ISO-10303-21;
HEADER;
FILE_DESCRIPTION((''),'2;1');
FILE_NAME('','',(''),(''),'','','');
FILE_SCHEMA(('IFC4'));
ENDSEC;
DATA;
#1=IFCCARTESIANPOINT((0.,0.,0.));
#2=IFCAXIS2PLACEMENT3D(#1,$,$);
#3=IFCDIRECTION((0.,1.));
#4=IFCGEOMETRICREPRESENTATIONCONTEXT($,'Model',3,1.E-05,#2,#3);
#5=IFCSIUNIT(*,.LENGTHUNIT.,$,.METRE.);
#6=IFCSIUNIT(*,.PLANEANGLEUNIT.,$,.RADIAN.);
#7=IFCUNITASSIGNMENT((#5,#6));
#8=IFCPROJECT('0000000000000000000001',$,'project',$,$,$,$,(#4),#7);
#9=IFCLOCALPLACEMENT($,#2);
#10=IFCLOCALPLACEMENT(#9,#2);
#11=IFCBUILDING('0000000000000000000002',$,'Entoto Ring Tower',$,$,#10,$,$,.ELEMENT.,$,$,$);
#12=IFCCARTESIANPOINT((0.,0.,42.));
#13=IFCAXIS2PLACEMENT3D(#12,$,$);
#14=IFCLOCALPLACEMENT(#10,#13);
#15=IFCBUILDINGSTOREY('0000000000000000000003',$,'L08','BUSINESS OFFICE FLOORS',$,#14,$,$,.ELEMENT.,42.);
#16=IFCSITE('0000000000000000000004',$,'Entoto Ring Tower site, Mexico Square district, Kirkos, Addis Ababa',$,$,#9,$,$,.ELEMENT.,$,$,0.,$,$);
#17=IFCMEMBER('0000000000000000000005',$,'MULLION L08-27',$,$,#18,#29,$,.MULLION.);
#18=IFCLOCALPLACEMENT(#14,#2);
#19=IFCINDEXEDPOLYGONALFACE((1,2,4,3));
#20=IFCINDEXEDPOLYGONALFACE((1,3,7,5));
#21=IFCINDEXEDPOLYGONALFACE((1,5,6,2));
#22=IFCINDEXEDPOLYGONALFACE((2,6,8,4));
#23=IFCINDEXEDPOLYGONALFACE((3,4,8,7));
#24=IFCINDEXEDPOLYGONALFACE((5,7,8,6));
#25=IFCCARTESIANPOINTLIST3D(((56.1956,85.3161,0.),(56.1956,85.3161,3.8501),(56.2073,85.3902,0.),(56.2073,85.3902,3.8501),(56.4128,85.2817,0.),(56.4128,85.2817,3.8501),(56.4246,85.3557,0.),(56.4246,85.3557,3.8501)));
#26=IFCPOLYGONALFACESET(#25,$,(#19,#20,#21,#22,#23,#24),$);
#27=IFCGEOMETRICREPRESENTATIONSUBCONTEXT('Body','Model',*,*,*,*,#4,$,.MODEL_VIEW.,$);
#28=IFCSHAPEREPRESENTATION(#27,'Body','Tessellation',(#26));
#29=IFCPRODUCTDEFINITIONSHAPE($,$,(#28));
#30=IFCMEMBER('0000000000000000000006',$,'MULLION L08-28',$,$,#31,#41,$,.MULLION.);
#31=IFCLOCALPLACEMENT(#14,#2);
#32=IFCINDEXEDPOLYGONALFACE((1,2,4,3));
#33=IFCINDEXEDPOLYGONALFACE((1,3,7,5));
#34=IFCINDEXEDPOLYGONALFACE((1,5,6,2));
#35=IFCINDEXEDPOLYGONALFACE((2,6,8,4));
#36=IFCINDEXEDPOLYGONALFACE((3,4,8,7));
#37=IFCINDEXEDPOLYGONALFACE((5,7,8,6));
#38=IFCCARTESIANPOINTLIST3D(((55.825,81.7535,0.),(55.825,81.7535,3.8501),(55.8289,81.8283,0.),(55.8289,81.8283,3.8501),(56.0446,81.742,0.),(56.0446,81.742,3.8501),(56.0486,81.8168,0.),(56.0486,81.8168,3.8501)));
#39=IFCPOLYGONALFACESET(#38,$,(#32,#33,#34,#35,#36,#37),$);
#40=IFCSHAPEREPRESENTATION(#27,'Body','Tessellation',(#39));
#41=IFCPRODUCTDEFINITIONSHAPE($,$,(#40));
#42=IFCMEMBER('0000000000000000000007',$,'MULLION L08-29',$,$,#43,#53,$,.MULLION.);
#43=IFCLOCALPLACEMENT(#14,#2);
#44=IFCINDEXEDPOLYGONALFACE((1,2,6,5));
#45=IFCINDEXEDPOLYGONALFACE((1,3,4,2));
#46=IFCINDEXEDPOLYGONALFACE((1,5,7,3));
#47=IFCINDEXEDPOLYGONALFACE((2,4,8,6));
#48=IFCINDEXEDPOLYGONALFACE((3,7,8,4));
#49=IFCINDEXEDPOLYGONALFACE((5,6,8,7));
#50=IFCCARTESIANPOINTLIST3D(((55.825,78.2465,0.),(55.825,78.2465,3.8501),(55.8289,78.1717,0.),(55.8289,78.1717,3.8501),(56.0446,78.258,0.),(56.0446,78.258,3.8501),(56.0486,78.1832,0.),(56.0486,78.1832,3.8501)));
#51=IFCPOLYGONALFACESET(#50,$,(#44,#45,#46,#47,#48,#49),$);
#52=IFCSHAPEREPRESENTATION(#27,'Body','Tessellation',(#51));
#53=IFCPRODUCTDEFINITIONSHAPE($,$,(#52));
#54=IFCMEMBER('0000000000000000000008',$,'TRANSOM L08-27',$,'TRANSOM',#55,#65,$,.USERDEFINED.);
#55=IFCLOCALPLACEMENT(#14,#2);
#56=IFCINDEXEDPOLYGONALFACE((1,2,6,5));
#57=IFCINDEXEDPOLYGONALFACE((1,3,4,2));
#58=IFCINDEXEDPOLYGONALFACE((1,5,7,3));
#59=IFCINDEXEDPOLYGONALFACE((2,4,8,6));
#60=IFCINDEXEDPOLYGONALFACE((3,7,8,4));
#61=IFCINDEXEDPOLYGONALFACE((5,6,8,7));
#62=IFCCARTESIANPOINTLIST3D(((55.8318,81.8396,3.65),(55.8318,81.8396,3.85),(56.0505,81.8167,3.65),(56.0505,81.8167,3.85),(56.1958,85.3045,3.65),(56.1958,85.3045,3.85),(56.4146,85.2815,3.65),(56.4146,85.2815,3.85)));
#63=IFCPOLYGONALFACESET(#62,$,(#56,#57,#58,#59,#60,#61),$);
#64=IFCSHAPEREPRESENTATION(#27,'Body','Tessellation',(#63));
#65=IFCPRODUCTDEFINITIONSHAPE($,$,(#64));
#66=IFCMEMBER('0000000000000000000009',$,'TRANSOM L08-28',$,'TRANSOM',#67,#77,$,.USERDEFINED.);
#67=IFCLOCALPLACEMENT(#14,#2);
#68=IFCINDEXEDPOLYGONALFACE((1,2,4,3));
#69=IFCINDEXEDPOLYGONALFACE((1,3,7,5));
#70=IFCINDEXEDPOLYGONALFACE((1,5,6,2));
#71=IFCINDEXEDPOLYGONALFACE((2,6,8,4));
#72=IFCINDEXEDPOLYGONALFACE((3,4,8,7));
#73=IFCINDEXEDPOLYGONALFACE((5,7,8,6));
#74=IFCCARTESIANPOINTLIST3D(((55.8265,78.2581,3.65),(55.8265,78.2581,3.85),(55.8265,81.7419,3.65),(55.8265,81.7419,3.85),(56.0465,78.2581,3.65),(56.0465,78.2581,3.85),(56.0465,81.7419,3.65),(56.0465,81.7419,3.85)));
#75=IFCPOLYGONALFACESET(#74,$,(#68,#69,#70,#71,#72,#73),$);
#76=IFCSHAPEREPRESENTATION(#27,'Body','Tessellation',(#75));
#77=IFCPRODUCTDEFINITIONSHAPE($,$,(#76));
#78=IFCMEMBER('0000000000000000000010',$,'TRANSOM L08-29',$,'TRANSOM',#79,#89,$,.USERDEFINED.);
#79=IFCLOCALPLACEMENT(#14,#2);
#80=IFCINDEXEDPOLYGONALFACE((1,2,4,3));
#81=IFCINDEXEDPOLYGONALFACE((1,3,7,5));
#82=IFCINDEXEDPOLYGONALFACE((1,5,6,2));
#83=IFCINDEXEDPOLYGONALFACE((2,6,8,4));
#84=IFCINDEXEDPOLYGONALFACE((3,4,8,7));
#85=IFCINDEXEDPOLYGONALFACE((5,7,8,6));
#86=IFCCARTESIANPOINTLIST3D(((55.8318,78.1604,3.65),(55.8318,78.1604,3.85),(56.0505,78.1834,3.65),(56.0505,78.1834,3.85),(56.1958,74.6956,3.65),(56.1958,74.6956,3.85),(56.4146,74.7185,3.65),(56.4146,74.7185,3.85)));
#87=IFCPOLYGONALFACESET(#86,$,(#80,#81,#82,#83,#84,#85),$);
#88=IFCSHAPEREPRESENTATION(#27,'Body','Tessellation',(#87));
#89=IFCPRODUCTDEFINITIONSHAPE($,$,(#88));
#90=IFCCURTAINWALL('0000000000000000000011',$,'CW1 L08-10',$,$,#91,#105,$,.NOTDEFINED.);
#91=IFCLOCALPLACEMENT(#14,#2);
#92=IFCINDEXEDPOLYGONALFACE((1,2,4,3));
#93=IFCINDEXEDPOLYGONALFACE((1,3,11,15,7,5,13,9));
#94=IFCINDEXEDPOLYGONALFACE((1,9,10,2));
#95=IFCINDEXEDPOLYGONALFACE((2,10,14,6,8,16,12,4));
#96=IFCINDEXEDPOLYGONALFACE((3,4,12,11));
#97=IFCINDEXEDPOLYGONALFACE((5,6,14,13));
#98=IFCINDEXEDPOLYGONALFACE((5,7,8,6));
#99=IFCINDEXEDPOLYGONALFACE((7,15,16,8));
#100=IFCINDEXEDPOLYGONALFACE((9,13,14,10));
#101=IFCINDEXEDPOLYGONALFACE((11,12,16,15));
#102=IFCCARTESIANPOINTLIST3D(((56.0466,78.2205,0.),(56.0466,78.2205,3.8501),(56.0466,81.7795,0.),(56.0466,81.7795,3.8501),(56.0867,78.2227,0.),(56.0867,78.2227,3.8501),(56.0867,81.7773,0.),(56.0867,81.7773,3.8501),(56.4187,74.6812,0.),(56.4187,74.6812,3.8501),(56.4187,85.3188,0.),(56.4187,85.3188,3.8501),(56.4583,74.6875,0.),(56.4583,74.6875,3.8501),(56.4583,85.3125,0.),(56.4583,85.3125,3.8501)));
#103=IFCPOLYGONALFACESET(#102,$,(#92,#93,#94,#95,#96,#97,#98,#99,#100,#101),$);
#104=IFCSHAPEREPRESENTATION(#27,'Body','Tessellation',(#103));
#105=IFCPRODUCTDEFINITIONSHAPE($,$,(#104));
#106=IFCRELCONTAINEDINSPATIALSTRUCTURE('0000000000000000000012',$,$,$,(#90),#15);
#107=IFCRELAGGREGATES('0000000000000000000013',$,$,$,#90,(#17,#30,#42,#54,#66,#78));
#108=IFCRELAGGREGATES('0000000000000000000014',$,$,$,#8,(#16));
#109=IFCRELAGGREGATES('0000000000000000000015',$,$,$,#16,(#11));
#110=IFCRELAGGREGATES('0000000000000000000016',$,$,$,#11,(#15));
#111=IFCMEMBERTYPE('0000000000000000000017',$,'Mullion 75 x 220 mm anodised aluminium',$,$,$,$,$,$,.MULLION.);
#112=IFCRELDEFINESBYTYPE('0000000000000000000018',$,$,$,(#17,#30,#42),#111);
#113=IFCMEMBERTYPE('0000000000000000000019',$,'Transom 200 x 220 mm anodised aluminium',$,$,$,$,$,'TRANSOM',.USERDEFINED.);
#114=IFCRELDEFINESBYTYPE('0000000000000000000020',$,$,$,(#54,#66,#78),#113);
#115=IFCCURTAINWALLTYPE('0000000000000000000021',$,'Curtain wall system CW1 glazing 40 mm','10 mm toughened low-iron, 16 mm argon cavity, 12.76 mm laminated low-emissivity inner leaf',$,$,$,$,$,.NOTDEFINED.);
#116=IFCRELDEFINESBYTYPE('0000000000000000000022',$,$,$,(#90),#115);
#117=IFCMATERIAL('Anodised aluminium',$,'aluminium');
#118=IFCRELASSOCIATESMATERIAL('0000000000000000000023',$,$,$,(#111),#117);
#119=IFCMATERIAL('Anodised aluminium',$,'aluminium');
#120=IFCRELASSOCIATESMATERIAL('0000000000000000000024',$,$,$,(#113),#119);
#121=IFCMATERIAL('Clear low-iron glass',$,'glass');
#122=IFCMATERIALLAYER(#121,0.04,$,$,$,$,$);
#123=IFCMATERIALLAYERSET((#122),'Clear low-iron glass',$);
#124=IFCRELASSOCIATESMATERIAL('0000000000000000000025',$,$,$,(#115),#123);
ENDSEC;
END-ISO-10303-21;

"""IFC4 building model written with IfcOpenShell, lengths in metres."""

from ifc_helpers import new_model, si_unit, direction, frame, origin, origin_2d, place, context, subcontext, project, spatial, polyline, rectangle, outline, extrude, material, layer, layer_set, material_profile, profile_set, type_object, element, aggregate, save


model = new_model("IFC4")

# Units and contexts
model_context = context("Model", 3, precision=1e-05, world=origin(), true_north=direction((0.0, 1.0)))
body_context = subcontext(model_context, "Body", "Model", "MODEL_VIEW")
ifc_project = project(units=[si_unit("LENGTHUNIT", "METRE"), si_unit("PLANEANGLEUNIT", "RADIAN")], contexts=[model_context])

# Members
ifc_material_1 = material(Name="Anodised aluminium", Category="aluminium")
ifc_material_profile_1 = material_profile(ifc_material_1, rectangle(XDim=0.075, YDim=0.22, at=origin_2d()), Name="Mullion 75 x 220 mm anodised aluminium")
ifc_profile_set_1 = profile_set([ifc_material_profile_1], Name="Anodised aluminium")
member_type_1 = type_object("IfcMemberType", Name="Mullion 75 x 220 mm anodised aluminium", PredefinedType="MULLION", material=ifc_profile_set_1)
site_placement = place(None, origin())
building_placement = place(site_placement, origin())
storey_placement = place(building_placement, frame((0.0, 0.0, 42.0)))
member_1_placement = place(storey_placement, frame((56.3101, 85.3359, 0.0), z_axis=(0.0, 0.0, 1.0), x_axis=(-0.156434, -0.987688, 0.0)))
member_1 = element("IfcMember", 1, at=member_1_placement, type_object=member_type_1, Name="MULLION L08-27", PredefinedType="MULLION", context=body_context, shape_type="SweptSolid", body=[
    extrude(rectangle(XDim=0.075, YDim=0.22, at=origin_2d()), origin(), (0.0, 0.0, 1.0), 3.8501),
])
member_2_placement = place(storey_placement, frame((55.9368, 81.7852, 0.0), z_axis=(0.0, 0.0, 1.0), x_axis=(-0.052336, -0.99863, 0.0)))
member_2 = element("IfcMember", 2, at=member_2_placement, type_object=member_type_1, Name="MULLION L08-28", PredefinedType="MULLION", context=body_context, shape_type="SweptSolid", body=[
    extrude(rectangle(XDim=0.075, YDim=0.22, at=origin_2d()), origin(), (0.0, 0.0, 1.0), 3.8501),
])
member_3_placement = place(storey_placement, frame((55.9368, 78.2148, 0.0), z_axis=(0.0, 0.0, 1.0), x_axis=(0.052336, -0.99863, 0.0)))
member_3 = element("IfcMember", 3, at=member_3_placement, type_object=member_type_1, Name="MULLION L08-29", PredefinedType="MULLION", context=body_context, shape_type="SweptSolid", body=[
    extrude(rectangle(XDim=0.075, YDim=0.22, at=origin_2d()), origin(), (0.0, 0.0, 1.0), 3.8501),
])
ifc_material_2 = material(Name="Anodised aluminium", Category="aluminium")
ifc_material_profile_2 = material_profile(ifc_material_2, rectangle(XDim=0.22, YDim=0.2, at=origin_2d()), Name="Transom 200 x 220 mm anodised aluminium")
ifc_profile_set_2 = profile_set([ifc_material_profile_2], Name="Anodised aluminium")
member_type_2 = type_object("IfcMemberType", Name="Transom 200 x 220 mm anodised aluminium", ElementType="TRANSOM", PredefinedType="USERDEFINED", material=ifc_profile_set_2)
member_4_placement = place(storey_placement, frame((56.3052, 85.293, 3.75), z_axis=(-0.104484, -0.994527, 0.0), x_axis=(0.994527, -0.104484, 0.0)))
member_4 = element("IfcMember", 4, at=member_4_placement, type_object=member_type_2, Name="TRANSOM L08-27", ObjectType="TRANSOM", PredefinedType="USERDEFINED", context=body_context, shape_type="SweptSolid", body=[
    extrude(rectangle(XDim=0.22, YDim=0.2, at=origin_2d()), origin(), (0.0, 0.0, 1.0), 3.4839),
])
member_5_placement = place(storey_placement, frame((55.9365, 81.7419, 3.75), z_axis=(0.0, -1.0, 0.0), x_axis=(1.0, 0.0, 0.0)))
member_5 = element("IfcMember", 5, at=member_5_placement, type_object=member_type_2, Name="TRANSOM L08-28", ObjectType="TRANSOM", PredefinedType="USERDEFINED", context=body_context, shape_type="SweptSolid", body=[
    extrude(rectangle(XDim=0.22, YDim=0.2, at=origin_2d()), origin(), (0.0, 0.0, 1.0), 3.4839),
])
member_6_placement = place(storey_placement, frame((55.9412, 78.1719, 3.75), z_axis=(0.104484, -0.994527, 0.0), x_axis=(0.994527, 0.104484, 0.0)))
member_6 = element("IfcMember", 6, at=member_6_placement, type_object=member_type_2, Name="TRANSOM L08-29", ObjectType="TRANSOM", PredefinedType="USERDEFINED", context=body_context, shape_type="SweptSolid", body=[
    extrude(rectangle(XDim=0.22, YDim=0.2, at=origin_2d()), origin(), (0.0, 0.0, 1.0), 3.4839),
])

# Site, building, storey
site = spatial("IfcSite", under=ifc_project, at=site_placement, Name="Entoto Ring Tower site, Mexico Square district, Kirkos, Addis Ababa", CompositionType="ELEMENT", RefElevation=0.0)
building = spatial("IfcBuilding", under=site, at=building_placement, Name="Entoto Ring Tower", CompositionType="ELEMENT")
storey = spatial("IfcBuildingStorey", under=building, at=storey_placement, Name="L08", Description="BUSINESS OFFICE FLOORS", CompositionType="ELEMENT", Elevation=42.0)

# Curtain wall
ifc_material_3 = material(Name="Clear low-iron glass", Category="glass")
ifc_layer = layer(ifc_material_3, 0.04)
ifc_layer_set = layer_set([ifc_layer], Name="Clear low-iron glass")
curtain_wall_type = type_object("IfcCurtainWallType", Name="Curtain wall system CW1 glazing 40 mm", Description="10 mm toughened low-iron, 16 mm argon cavity, 12.76 mm laminated low-emissivity inner leaf", PredefinedType="NOTDEFINED", material=ifc_layer_set)
curtain_wall_1_placement = place(storey_placement, origin())
curtain_wall_1 = element("IfcCurtainWall", 7, at=curtain_wall_1_placement, inside=storey, type_object=curtain_wall_type, Name="CW1 L08-10", PredefinedType="NOTDEFINED", context=body_context, shape_type="SweptSolid", body=[
    extrude(outline(polyline([(56.4187, 85.3188), (56.0466, 81.7795), (56.0466, 78.2205), (56.4187, 74.6812), (56.4583, 74.6875), (56.0867, 78.2227), (56.0867, 81.7773), (56.4583, 85.3125), (56.4187, 85.3188)])), origin(), (0.0, 0.0, 1.0), 3.8501),
])
aggregate(curtain_wall_1, [member_1, member_2, member_3, member_4, member_5, member_6])

save(model, "model.ifc")
